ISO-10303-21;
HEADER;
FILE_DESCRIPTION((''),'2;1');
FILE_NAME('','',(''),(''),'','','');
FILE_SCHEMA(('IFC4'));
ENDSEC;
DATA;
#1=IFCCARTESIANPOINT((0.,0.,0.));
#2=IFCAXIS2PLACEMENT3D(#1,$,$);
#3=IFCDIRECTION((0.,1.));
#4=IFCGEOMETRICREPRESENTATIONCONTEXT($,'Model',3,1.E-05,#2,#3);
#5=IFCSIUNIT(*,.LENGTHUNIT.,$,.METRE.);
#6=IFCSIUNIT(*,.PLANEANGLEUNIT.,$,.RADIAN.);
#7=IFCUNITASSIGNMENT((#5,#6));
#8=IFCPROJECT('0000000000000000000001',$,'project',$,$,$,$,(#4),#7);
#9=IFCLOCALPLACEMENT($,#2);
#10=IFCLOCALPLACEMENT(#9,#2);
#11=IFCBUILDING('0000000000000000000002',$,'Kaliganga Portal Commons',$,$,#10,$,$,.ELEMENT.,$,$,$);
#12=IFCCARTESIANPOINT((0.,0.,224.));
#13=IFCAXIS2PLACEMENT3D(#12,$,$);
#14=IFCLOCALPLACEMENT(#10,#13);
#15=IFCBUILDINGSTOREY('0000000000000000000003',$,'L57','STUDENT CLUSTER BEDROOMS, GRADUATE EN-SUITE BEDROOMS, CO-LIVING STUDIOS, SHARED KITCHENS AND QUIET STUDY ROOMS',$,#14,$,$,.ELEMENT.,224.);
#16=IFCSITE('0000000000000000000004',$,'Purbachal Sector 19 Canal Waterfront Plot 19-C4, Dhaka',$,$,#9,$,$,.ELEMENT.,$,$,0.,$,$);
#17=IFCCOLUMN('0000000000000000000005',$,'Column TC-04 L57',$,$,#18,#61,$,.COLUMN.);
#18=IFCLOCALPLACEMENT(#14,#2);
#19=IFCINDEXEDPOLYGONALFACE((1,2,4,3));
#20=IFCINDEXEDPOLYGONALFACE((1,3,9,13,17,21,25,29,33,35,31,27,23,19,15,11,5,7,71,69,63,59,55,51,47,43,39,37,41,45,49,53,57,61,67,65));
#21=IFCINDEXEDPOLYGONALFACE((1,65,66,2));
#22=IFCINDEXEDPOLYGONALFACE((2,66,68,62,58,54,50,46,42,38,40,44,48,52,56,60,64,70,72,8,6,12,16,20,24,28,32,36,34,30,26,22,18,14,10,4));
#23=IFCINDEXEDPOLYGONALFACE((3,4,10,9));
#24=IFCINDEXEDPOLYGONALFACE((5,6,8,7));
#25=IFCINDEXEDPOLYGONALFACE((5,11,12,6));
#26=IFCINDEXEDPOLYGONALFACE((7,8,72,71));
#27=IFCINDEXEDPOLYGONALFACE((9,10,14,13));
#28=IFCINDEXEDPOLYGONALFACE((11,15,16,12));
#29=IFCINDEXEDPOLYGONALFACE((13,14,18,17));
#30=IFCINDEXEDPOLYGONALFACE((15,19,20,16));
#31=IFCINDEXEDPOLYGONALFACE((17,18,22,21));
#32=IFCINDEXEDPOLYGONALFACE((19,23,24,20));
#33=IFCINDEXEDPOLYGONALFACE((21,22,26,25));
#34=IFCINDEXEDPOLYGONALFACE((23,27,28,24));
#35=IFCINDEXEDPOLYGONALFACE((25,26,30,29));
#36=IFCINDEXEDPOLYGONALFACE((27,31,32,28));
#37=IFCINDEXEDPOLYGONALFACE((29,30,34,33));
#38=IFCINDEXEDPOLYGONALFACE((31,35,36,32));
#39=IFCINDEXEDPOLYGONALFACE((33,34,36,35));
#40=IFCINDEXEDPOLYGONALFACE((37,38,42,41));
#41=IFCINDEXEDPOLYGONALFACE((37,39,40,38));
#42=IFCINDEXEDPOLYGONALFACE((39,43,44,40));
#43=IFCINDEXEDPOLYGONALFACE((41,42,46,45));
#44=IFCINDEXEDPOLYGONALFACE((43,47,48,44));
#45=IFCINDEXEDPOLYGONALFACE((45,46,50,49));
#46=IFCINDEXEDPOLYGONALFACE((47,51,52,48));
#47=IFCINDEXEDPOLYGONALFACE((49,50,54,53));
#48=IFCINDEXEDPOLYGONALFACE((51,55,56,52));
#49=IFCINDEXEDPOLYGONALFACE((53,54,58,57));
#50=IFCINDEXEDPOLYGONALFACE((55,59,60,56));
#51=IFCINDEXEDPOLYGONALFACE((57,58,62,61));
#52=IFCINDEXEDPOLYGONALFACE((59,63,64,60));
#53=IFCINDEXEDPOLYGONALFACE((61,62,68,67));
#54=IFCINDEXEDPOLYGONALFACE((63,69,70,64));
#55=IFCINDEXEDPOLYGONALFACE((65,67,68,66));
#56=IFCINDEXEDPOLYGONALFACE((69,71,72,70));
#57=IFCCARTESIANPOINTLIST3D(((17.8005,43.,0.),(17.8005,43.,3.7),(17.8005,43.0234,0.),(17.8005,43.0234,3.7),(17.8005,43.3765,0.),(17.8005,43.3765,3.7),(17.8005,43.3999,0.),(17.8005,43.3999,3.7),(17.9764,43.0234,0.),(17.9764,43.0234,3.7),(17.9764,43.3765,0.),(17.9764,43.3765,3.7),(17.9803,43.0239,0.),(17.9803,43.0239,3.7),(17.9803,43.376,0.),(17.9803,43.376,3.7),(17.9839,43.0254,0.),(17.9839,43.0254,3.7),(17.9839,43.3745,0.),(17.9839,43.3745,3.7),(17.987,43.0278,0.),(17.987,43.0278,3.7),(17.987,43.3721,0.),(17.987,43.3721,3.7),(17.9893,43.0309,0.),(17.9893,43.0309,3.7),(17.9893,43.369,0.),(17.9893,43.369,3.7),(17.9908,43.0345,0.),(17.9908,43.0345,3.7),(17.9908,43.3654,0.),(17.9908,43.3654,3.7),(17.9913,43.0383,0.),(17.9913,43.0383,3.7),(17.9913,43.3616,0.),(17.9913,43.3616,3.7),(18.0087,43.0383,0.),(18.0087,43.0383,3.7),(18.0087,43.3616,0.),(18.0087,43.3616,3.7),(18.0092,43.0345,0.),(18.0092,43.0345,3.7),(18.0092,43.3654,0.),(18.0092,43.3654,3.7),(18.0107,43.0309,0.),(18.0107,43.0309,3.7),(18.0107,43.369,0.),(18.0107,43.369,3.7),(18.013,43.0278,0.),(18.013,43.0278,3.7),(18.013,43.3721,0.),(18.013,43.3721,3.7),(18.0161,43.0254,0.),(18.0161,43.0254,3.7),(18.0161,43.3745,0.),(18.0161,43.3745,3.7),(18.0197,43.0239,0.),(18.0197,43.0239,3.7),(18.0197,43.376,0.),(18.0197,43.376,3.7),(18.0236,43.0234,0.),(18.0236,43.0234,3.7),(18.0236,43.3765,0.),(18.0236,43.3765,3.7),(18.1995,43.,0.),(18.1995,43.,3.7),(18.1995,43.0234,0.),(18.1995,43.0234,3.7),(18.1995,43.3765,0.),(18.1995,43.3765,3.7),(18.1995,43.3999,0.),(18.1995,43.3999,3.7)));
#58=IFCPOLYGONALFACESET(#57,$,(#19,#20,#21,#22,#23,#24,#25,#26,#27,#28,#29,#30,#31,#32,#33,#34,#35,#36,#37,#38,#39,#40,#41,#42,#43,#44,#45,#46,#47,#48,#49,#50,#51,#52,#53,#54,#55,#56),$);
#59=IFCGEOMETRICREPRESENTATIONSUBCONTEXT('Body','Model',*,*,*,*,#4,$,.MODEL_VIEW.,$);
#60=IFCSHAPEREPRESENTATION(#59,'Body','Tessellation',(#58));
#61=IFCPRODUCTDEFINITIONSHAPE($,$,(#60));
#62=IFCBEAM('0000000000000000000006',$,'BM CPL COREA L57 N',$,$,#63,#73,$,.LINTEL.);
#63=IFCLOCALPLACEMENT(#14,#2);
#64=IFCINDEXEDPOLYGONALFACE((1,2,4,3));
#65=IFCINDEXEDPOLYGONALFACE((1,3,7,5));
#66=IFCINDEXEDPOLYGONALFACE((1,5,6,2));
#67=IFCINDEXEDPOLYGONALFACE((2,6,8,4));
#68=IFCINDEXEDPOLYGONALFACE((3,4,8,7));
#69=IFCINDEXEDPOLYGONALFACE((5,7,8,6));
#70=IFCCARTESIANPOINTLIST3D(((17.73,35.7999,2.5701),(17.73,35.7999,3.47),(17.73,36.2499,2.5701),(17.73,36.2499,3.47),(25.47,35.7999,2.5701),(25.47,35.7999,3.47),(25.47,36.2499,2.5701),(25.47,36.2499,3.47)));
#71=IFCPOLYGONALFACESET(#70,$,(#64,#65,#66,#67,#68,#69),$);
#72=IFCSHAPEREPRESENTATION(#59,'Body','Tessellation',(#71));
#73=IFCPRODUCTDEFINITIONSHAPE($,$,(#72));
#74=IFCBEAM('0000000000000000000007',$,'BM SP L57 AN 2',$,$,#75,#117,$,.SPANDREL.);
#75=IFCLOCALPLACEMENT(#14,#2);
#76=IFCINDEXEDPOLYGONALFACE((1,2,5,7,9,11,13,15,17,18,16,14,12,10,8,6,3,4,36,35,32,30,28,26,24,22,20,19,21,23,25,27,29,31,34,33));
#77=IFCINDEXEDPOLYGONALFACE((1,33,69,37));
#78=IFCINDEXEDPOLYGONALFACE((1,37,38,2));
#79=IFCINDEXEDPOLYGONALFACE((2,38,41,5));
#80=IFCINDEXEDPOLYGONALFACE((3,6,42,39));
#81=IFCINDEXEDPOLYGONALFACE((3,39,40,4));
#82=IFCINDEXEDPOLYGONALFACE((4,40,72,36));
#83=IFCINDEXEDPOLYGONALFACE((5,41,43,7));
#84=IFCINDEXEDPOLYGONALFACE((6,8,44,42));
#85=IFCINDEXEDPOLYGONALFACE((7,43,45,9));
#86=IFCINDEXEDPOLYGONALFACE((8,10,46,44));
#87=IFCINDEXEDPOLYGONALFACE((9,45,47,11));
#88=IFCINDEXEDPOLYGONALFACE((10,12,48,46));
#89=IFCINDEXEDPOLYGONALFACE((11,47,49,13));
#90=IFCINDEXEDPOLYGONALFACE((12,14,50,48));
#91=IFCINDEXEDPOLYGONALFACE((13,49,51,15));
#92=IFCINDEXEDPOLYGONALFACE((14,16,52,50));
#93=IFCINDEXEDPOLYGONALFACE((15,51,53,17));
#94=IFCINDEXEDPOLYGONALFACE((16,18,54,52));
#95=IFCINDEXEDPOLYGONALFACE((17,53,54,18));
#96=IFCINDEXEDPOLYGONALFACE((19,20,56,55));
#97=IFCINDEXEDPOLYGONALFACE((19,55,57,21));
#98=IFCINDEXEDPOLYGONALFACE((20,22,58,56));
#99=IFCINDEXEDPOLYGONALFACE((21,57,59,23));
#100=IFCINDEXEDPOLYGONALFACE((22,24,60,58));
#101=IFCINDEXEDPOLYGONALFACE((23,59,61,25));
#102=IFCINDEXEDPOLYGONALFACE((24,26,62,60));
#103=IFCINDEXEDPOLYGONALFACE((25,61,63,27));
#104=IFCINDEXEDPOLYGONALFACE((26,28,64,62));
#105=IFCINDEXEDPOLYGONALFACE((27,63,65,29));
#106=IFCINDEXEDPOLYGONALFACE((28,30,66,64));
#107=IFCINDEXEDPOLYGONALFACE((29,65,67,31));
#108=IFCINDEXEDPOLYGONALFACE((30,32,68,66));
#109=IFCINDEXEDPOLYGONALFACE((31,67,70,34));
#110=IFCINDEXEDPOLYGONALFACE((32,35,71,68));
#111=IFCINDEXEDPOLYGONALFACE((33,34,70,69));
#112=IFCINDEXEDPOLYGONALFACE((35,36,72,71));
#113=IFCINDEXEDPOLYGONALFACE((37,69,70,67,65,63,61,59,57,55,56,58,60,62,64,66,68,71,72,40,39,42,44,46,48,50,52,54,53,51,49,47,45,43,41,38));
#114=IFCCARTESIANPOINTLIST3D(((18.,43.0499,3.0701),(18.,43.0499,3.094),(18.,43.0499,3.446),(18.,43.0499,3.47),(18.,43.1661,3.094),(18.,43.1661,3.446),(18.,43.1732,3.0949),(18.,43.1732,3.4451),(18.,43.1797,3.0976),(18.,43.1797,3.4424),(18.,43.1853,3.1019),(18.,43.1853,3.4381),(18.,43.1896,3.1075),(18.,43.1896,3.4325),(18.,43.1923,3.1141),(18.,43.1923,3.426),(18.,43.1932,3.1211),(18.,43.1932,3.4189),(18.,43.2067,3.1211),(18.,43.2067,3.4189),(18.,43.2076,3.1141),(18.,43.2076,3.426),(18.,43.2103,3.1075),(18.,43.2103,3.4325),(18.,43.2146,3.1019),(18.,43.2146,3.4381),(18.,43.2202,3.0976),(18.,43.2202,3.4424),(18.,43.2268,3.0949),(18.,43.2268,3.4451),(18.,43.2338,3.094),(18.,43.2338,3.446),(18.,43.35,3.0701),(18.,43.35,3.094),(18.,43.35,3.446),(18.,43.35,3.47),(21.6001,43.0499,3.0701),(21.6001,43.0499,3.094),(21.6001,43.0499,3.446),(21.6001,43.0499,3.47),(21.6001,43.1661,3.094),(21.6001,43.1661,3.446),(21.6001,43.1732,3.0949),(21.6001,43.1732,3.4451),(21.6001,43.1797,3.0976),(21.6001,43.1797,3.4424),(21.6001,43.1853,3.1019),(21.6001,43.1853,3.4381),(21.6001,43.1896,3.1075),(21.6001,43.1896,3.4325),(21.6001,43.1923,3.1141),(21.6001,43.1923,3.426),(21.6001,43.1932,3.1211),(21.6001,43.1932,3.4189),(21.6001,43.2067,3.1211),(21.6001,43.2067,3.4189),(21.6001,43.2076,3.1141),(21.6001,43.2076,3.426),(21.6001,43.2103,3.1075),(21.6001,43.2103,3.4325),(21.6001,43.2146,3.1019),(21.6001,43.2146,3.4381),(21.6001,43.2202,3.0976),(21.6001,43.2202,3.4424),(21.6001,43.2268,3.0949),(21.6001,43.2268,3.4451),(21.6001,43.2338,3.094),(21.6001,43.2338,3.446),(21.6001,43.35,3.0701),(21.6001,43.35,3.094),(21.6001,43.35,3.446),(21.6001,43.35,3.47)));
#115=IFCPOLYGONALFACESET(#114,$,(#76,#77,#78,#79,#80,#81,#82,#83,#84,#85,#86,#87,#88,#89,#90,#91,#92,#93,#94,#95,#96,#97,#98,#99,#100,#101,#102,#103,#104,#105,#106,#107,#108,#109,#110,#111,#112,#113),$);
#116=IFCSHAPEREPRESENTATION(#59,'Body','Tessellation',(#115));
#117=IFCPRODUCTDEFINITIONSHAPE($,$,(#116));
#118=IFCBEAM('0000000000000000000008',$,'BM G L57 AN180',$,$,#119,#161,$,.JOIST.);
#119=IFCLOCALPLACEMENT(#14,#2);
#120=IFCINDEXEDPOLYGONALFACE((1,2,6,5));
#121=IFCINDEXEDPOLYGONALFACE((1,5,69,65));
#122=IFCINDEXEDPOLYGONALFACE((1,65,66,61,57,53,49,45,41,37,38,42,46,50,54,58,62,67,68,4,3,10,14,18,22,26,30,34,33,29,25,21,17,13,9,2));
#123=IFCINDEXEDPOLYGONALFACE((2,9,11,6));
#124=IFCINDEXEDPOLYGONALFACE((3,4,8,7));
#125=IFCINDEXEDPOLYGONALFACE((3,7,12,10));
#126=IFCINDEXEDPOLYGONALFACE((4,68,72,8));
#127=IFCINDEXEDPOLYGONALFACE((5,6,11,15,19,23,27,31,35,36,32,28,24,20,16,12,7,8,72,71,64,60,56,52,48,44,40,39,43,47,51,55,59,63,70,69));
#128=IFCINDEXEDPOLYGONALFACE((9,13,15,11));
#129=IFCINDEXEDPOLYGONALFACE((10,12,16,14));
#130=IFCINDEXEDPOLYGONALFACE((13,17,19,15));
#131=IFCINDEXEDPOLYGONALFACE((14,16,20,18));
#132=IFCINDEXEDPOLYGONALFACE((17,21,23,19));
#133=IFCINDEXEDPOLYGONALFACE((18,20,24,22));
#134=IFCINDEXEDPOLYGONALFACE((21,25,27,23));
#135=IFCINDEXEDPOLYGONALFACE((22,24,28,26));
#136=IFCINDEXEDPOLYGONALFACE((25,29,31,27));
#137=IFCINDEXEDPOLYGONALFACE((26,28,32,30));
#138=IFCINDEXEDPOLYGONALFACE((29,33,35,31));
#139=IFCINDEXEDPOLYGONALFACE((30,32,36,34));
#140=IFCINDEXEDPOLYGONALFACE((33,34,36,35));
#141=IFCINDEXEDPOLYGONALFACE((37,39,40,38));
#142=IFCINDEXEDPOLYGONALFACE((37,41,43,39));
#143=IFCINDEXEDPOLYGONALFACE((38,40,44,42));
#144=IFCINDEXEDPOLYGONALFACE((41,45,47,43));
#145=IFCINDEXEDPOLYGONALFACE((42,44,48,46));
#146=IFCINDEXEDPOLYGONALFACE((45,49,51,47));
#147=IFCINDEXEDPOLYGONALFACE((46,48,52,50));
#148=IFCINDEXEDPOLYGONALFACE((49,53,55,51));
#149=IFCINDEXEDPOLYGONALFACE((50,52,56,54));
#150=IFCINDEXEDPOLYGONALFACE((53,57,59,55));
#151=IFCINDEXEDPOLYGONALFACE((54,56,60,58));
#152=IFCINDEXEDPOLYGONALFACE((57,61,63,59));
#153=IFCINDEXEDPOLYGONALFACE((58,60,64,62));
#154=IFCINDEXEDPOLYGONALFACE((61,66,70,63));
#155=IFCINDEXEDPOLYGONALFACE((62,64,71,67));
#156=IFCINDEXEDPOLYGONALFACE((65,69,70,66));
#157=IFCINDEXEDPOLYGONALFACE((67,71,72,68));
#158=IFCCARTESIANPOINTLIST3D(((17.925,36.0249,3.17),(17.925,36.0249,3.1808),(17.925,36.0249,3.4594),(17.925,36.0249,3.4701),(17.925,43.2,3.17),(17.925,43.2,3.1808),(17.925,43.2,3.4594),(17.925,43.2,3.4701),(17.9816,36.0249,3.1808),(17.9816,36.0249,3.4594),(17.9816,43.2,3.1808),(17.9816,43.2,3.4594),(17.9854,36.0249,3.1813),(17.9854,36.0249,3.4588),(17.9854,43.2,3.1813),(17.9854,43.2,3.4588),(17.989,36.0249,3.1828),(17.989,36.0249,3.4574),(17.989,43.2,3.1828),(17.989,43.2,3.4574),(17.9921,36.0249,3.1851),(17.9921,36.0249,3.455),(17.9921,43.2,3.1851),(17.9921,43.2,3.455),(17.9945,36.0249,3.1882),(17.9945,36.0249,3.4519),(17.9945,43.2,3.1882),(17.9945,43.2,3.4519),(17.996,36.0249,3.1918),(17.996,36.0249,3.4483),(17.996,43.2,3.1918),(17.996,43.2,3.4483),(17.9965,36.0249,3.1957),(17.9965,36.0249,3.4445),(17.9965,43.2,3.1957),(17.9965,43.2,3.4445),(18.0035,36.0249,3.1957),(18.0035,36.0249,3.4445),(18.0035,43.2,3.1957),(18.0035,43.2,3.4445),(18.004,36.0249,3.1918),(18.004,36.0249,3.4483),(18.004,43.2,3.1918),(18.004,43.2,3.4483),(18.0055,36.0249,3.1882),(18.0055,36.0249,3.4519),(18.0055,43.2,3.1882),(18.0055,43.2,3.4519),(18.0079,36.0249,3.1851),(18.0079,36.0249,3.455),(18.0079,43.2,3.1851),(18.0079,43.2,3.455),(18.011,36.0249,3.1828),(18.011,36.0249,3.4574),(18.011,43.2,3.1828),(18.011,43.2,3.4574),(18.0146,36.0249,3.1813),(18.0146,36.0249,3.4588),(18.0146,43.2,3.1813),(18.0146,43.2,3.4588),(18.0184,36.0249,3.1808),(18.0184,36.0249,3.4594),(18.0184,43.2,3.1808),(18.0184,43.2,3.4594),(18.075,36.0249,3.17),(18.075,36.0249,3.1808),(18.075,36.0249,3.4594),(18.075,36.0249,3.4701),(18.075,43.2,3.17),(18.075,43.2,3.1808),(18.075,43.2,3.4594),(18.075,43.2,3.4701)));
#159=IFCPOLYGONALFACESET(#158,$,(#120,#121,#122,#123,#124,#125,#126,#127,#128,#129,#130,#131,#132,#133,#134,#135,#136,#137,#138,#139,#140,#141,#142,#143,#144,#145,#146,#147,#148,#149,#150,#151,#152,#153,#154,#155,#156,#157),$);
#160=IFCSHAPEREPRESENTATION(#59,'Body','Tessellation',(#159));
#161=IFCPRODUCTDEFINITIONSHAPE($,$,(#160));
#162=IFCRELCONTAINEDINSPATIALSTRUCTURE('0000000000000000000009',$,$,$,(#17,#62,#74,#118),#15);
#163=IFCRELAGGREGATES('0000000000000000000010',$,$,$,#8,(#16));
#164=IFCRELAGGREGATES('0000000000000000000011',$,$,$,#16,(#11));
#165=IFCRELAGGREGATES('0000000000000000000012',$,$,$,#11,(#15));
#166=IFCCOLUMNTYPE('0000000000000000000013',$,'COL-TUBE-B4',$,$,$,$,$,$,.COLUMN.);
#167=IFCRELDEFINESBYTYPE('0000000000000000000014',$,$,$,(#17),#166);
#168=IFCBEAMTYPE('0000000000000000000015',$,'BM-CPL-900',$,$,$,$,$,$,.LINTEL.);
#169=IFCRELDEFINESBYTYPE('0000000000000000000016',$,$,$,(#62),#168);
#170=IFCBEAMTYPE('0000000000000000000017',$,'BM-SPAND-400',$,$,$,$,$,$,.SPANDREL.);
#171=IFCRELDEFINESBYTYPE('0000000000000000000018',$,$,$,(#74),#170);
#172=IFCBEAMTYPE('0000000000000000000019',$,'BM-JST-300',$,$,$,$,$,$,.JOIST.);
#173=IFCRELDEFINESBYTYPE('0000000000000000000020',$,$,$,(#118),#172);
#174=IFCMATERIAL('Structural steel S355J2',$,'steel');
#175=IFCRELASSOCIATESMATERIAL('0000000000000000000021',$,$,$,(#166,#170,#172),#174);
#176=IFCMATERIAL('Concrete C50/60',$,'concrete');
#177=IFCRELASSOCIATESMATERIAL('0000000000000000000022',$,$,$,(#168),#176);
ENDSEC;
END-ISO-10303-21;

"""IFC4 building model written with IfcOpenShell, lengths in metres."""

from ifc_helpers import new_model, si_unit, direction, frame, origin, origin_2d, place, context, subcontext, project, spatial, rectangle, i_section, extrude, source, transform, mapped, material, material_profile, profile_set, type_object, element, save


model = new_model("IFC4")

# Units and contexts
model_context = context("Model", 3, precision=1e-05, world=origin(), true_north=direction((0.0, 1.0)))
body_context = subcontext(model_context, "Body", "Model", "MODEL_VIEW")
ifc_project = project(units=[si_unit("LENGTHUNIT", "METRE"), si_unit("PLANEANGLEUNIT", "RADIAN")], contexts=[model_context])

# Site, building, storey
site_placement = place(None, origin())
site = spatial("IfcSite", under=ifc_project, at=site_placement, Name="Purbachal Sector 19 Canal Waterfront Plot 19-C4, Dhaka", CompositionType="ELEMENT", RefElevation=0.0)
building_placement = place(site_placement, origin())
building = spatial("IfcBuilding", under=site, at=building_placement, Name="Kaliganga Portal Commons", CompositionType="ELEMENT")
storey_placement = place(building_placement, frame((0.0, 0.0, 224.0)))
storey = spatial("IfcBuildingStorey", under=building, at=storey_placement, Name="L57", Description="STUDENT CLUSTER BEDROOMS, GRADUATE EN-SUITE BEDROOMS, CO-LIVING STUDIOS, SHARED KITCHENS AND QUIET STUDY ROOMS", CompositionType="ELEMENT", Elevation=224.0)

# Column
ifc_material_1 = material(Name="Structural steel S355J2", Category="steel")
ifc_material_profile_1 = material_profile(ifc_material_1, i_section(OverallWidth=0.3989, OverallDepth=0.3999, WebThickness=0.0173, FlangeThickness=0.0234, FilletRadius=0.0149, at=origin_2d()), Name="HD 400x287")
ifc_profile_set_1 = profile_set([ifc_material_profile_1], Name="Structural steel S355J2 wide-flange")
column_type = type_object("IfcColumnType", Name="COL-TUBE-B4", PredefinedType="COLUMN", material=ifc_profile_set_1)
shared_shape_1 = source(origin(), body_context, "Body", "SweptSolid", [
    extrude(i_section(OverallWidth=0.3989, OverallDepth=0.3999, WebThickness=0.0173, FlangeThickness=0.0234, FilletRadius=0.0149, at=origin_2d()), origin(), (0.0, 0.0, 1.0), 3.7),
])
column_placement = place(storey_placement, frame((18.0, 43.2, 0.0), z_axis=(0.0, 0.0, 1.0), x_axis=(1.0, 0.0, 0.0)))
element("IfcColumn", 1, at=column_placement, inside=storey, type_object=column_type, Name="Column TC-04 L57", PredefinedType="COLUMN", context=body_context, shape_type="MappedRepresentation", body=[
    mapped(shared_shape_1, transform((0.0, 0.0, 0.0), x_axis=(1.0, 0.0, 0.0), y_axis=(0.0, 1.0, 0.0), z_axis=(0.0, 0.0, 1.0), scale=1.0)),
])

# Beams
ifc_material_2 = material(Name="Concrete C50/60", Category="concrete")
ifc_material_profile_2 = material_profile(ifc_material_2, rectangle(XDim=0.45, YDim=0.8999, at=origin_2d()), Name="RC 450x900")
ifc_profile_set_2 = profile_set([ifc_material_profile_2], Name="Concrete C50/60")
beam_type_1 = type_object("IfcBeamType", Name="BM-CPL-900", PredefinedType="LINTEL", material=ifc_profile_set_2)
shared_shape_2 = source(origin(), body_context, "Body", "SweptSolid", [
    extrude(rectangle(XDim=0.45, YDim=0.8999, at=origin_2d()), origin(), (0.0, 0.0, 1.0), 7.74),
])
beam_1_placement = place(storey_placement, frame((17.73, 36.0249, 3.02), z_axis=(1.0, 0.0, 0.0), x_axis=(0.0, 1.0, 0.0)))
element("IfcBeam", 2, at=beam_1_placement, inside=storey, type_object=beam_type_1, Name="BM CPL COREA L57 N", PredefinedType="LINTEL", context=body_context, shape_type="MappedRepresentation", body=[
    mapped(shared_shape_2, transform((0.0, 0.0, 0.0), x_axis=(1.0, 0.0, 0.0), y_axis=(0.0, 1.0, 0.0), z_axis=(0.0, 0.0, 1.0), scale=1.0)),
])
ifc_material_profile_3 = material_profile(ifc_material_1, i_section(OverallWidth=0.3, OverallDepth=0.3999, WebThickness=0.0134, FlangeThickness=0.0239, FilletRadius=0.0271, at=origin_2d()), Name="HE 400 B")
ifc_profile_set_3 = profile_set([ifc_material_profile_3], Name="Structural steel S355J2 wide-flange")
beam_type_2 = type_object("IfcBeamType", Name="BM-SPAND-400", PredefinedType="SPANDREL", material=ifc_profile_set_3)
shared_shape_3 = source(origin(), body_context, "Body", "SweptSolid", [
    extrude(i_section(OverallWidth=0.3, OverallDepth=0.3999, WebThickness=0.0134, FlangeThickness=0.0239, FilletRadius=0.0271, at=origin_2d()), origin(), (0.0, 0.0, 1.0), 3.6001),
])
beam_2_placement = place(storey_placement, frame((18.0, 43.2, 3.27), z_axis=(1.0, 0.0, 0.0), x_axis=(0.0, 1.0, 0.0)))
element("IfcBeam", 3, at=beam_2_placement, inside=storey, type_object=beam_type_2, Name="BM SP L57 AN 2", PredefinedType="SPANDREL", context=body_context, shape_type="MappedRepresentation", body=[
    mapped(shared_shape_3, transform((0.0, 0.0, 0.0), x_axis=(1.0, 0.0, 0.0), y_axis=(0.0, 1.0, 0.0), z_axis=(0.0, 0.0, 1.0), scale=1.0)),
])
ifc_material_profile_4 = material_profile(ifc_material_1, i_section(OverallWidth=0.1499, OverallDepth=0.3, WebThickness=0.0071, FlangeThickness=0.0107, FilletRadius=0.0149, at=origin_2d()), Name="IPE 300")
ifc_profile_set_4 = profile_set([ifc_material_profile_4], Name="Structural steel S355J2 wide-flange")
beam_type_3 = type_object("IfcBeamType", Name="BM-JST-300", PredefinedType="JOIST", material=ifc_profile_set_4)
shared_shape_4 = source(origin(), body_context, "Body", "SweptSolid", [
    extrude(i_section(OverallWidth=0.1499, OverallDepth=0.3, WebThickness=0.0071, FlangeThickness=0.0107, FilletRadius=0.0149, at=origin_2d()), origin(), (0.0, 0.0, 1.0), 7.175),
])
beam_3_placement = place(storey_placement, frame((18.0, 36.0249, 3.3201), z_axis=(0.0, 1.0, 0.0), x_axis=(-1.0, 0.0, 0.0)))
element("IfcBeam", 4, at=beam_3_placement, inside=storey, type_object=beam_type_3, Name="BM G L57 AN180", PredefinedType="JOIST", context=body_context, shape_type="MappedRepresentation", body=[
    mapped(shared_shape_4, transform((0.0, 0.0, 0.0), x_axis=(1.0, 0.0, 0.0), y_axis=(0.0, 1.0, 0.0), z_axis=(0.0, 0.0, 1.0), scale=1.0)),
])

save(model, "model.ifc")
